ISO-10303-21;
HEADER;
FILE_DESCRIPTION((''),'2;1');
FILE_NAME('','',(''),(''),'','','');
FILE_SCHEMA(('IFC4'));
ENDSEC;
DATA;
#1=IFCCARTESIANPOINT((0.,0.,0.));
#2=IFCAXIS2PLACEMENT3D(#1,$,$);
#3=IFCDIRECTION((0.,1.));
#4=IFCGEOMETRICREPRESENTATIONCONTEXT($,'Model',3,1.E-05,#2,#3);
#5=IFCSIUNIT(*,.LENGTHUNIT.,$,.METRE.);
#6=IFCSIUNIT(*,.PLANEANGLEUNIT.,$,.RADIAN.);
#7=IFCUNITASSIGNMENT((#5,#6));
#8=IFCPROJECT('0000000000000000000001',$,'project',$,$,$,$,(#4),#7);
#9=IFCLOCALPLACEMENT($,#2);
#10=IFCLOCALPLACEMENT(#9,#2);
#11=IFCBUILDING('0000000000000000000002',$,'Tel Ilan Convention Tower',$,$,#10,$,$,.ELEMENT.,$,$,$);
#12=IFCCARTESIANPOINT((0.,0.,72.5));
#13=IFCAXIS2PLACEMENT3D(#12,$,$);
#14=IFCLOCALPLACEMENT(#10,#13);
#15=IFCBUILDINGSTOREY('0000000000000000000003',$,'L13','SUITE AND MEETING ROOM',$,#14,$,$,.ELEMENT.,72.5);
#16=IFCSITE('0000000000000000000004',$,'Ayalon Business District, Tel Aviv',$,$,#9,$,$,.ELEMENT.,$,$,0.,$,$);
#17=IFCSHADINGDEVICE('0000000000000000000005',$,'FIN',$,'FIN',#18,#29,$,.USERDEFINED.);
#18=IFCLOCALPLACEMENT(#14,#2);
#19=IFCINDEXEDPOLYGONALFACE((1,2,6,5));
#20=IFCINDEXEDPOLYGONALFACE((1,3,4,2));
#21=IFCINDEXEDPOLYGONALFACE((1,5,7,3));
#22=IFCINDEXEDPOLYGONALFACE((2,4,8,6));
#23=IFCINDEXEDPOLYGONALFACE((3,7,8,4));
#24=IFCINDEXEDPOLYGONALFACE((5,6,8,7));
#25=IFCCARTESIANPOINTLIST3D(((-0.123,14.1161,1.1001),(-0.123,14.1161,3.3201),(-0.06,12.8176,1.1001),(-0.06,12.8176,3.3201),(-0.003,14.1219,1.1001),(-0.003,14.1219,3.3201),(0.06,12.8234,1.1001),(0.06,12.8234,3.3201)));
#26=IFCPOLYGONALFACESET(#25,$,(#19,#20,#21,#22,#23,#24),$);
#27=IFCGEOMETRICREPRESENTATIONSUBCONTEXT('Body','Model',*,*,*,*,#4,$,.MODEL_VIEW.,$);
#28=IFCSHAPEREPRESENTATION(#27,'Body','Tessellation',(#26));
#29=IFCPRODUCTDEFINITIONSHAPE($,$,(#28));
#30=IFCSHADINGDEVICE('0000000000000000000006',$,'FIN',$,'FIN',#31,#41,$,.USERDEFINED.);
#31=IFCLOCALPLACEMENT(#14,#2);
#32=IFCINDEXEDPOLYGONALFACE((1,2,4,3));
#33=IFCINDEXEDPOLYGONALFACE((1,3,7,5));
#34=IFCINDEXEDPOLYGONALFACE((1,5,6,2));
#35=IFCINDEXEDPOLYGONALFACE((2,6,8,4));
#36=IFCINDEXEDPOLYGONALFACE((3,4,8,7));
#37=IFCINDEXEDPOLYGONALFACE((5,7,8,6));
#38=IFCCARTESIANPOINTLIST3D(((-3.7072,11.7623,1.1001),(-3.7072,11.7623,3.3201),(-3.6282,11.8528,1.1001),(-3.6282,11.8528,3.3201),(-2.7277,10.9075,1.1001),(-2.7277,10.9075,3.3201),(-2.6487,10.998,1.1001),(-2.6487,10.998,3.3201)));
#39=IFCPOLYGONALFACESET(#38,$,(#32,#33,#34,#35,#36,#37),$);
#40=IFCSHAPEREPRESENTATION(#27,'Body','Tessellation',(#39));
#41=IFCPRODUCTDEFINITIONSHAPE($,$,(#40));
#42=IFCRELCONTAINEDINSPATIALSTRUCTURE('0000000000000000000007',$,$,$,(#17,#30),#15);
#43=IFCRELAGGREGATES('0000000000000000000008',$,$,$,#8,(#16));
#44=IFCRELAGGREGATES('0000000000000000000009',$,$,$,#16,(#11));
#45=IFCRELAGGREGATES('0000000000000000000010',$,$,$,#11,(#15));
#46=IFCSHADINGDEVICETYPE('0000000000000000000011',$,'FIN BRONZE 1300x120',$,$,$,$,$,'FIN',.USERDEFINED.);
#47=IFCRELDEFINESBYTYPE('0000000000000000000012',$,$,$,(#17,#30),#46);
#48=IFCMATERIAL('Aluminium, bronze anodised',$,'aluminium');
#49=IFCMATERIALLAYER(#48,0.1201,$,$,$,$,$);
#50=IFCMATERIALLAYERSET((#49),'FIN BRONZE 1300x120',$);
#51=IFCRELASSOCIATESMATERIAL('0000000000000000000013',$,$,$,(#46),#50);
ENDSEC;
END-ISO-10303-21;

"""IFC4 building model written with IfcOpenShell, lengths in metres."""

from ifc_helpers import new_model, si_unit, direction, frame, origin, origin_2d, place, context, subcontext, project, spatial, rectangle, extrude, material, layer, layer_set, type_object, element, save


model = new_model("IFC4")

# Units and contexts
model_context = context("Model", 3, precision=1e-05, world=origin(), true_north=direction((0.0, 1.0)))
body_context = subcontext(model_context, "Body", "Model", "MODEL_VIEW")
ifc_project = project(units=[si_unit("LENGTHUNIT", "METRE"), si_unit("PLANEANGLEUNIT", "RADIAN")], contexts=[model_context])

# Site, building, storey
site_placement = place(None, origin())
site = spatial("IfcSite", under=ifc_project, at=site_placement, Name="Ayalon Business District, Tel Aviv", CompositionType="ELEMENT", RefElevation=0.0)
building_placement = place(site_placement, origin())
building = spatial("IfcBuilding", under=site, at=building_placement, Name="Tel Ilan Convention Tower", CompositionType="ELEMENT")
storey_placement = place(building_placement, frame((0.0, 0.0, 72.5)))
storey = spatial("IfcBuildingStorey", under=building, at=storey_placement, Name="L13", Description="SUITE AND MEETING ROOM", CompositionType="ELEMENT", Elevation=72.5)

# Shading devices
ifc_material_1 = material(Name="Aluminium, bronze anodised", Category="aluminium")
ifc_layer_1 = layer(ifc_material_1, 0.1201)
ifc_layer_set_1 = layer_set([ifc_layer_1], Name="FIN BRONZE 1300x120")
shading_device_type = type_object("IfcShadingDeviceType", Name="FIN BRONZE 1300x120", ElementType="FIN", PredefinedType="USERDEFINED", material=ifc_layer_set_1)
for number, where, z_axis, x_axis, name in (
    (1, (-0.0315, 13.4697, 1.1001), (0.0, 0.0, 1.0), (-0.048462, 0.998825, 0.0), "FIN"),
    (2, (-3.178, 11.3801, 1.1001), (0.0, 0.0, 1.0), (-0.753436, 0.657521, 0.0), "FIN"),
):
    element("IfcShadingDevice", number, at=place(storey_placement, frame(where, z_axis=z_axis, x_axis=x_axis)), inside=storey, type_object=shading_device_type, Name=name, ObjectType="FIN", PredefinedType="USERDEFINED", context=body_context, shape_type="SweptSolid", body=[
        extrude(rectangle(XDim=1.3, YDim=0.1201, at=origin_2d()), origin(), (0.0, 0.0, 1.0), 2.22),
    ])

save(model, "model.ifc")
